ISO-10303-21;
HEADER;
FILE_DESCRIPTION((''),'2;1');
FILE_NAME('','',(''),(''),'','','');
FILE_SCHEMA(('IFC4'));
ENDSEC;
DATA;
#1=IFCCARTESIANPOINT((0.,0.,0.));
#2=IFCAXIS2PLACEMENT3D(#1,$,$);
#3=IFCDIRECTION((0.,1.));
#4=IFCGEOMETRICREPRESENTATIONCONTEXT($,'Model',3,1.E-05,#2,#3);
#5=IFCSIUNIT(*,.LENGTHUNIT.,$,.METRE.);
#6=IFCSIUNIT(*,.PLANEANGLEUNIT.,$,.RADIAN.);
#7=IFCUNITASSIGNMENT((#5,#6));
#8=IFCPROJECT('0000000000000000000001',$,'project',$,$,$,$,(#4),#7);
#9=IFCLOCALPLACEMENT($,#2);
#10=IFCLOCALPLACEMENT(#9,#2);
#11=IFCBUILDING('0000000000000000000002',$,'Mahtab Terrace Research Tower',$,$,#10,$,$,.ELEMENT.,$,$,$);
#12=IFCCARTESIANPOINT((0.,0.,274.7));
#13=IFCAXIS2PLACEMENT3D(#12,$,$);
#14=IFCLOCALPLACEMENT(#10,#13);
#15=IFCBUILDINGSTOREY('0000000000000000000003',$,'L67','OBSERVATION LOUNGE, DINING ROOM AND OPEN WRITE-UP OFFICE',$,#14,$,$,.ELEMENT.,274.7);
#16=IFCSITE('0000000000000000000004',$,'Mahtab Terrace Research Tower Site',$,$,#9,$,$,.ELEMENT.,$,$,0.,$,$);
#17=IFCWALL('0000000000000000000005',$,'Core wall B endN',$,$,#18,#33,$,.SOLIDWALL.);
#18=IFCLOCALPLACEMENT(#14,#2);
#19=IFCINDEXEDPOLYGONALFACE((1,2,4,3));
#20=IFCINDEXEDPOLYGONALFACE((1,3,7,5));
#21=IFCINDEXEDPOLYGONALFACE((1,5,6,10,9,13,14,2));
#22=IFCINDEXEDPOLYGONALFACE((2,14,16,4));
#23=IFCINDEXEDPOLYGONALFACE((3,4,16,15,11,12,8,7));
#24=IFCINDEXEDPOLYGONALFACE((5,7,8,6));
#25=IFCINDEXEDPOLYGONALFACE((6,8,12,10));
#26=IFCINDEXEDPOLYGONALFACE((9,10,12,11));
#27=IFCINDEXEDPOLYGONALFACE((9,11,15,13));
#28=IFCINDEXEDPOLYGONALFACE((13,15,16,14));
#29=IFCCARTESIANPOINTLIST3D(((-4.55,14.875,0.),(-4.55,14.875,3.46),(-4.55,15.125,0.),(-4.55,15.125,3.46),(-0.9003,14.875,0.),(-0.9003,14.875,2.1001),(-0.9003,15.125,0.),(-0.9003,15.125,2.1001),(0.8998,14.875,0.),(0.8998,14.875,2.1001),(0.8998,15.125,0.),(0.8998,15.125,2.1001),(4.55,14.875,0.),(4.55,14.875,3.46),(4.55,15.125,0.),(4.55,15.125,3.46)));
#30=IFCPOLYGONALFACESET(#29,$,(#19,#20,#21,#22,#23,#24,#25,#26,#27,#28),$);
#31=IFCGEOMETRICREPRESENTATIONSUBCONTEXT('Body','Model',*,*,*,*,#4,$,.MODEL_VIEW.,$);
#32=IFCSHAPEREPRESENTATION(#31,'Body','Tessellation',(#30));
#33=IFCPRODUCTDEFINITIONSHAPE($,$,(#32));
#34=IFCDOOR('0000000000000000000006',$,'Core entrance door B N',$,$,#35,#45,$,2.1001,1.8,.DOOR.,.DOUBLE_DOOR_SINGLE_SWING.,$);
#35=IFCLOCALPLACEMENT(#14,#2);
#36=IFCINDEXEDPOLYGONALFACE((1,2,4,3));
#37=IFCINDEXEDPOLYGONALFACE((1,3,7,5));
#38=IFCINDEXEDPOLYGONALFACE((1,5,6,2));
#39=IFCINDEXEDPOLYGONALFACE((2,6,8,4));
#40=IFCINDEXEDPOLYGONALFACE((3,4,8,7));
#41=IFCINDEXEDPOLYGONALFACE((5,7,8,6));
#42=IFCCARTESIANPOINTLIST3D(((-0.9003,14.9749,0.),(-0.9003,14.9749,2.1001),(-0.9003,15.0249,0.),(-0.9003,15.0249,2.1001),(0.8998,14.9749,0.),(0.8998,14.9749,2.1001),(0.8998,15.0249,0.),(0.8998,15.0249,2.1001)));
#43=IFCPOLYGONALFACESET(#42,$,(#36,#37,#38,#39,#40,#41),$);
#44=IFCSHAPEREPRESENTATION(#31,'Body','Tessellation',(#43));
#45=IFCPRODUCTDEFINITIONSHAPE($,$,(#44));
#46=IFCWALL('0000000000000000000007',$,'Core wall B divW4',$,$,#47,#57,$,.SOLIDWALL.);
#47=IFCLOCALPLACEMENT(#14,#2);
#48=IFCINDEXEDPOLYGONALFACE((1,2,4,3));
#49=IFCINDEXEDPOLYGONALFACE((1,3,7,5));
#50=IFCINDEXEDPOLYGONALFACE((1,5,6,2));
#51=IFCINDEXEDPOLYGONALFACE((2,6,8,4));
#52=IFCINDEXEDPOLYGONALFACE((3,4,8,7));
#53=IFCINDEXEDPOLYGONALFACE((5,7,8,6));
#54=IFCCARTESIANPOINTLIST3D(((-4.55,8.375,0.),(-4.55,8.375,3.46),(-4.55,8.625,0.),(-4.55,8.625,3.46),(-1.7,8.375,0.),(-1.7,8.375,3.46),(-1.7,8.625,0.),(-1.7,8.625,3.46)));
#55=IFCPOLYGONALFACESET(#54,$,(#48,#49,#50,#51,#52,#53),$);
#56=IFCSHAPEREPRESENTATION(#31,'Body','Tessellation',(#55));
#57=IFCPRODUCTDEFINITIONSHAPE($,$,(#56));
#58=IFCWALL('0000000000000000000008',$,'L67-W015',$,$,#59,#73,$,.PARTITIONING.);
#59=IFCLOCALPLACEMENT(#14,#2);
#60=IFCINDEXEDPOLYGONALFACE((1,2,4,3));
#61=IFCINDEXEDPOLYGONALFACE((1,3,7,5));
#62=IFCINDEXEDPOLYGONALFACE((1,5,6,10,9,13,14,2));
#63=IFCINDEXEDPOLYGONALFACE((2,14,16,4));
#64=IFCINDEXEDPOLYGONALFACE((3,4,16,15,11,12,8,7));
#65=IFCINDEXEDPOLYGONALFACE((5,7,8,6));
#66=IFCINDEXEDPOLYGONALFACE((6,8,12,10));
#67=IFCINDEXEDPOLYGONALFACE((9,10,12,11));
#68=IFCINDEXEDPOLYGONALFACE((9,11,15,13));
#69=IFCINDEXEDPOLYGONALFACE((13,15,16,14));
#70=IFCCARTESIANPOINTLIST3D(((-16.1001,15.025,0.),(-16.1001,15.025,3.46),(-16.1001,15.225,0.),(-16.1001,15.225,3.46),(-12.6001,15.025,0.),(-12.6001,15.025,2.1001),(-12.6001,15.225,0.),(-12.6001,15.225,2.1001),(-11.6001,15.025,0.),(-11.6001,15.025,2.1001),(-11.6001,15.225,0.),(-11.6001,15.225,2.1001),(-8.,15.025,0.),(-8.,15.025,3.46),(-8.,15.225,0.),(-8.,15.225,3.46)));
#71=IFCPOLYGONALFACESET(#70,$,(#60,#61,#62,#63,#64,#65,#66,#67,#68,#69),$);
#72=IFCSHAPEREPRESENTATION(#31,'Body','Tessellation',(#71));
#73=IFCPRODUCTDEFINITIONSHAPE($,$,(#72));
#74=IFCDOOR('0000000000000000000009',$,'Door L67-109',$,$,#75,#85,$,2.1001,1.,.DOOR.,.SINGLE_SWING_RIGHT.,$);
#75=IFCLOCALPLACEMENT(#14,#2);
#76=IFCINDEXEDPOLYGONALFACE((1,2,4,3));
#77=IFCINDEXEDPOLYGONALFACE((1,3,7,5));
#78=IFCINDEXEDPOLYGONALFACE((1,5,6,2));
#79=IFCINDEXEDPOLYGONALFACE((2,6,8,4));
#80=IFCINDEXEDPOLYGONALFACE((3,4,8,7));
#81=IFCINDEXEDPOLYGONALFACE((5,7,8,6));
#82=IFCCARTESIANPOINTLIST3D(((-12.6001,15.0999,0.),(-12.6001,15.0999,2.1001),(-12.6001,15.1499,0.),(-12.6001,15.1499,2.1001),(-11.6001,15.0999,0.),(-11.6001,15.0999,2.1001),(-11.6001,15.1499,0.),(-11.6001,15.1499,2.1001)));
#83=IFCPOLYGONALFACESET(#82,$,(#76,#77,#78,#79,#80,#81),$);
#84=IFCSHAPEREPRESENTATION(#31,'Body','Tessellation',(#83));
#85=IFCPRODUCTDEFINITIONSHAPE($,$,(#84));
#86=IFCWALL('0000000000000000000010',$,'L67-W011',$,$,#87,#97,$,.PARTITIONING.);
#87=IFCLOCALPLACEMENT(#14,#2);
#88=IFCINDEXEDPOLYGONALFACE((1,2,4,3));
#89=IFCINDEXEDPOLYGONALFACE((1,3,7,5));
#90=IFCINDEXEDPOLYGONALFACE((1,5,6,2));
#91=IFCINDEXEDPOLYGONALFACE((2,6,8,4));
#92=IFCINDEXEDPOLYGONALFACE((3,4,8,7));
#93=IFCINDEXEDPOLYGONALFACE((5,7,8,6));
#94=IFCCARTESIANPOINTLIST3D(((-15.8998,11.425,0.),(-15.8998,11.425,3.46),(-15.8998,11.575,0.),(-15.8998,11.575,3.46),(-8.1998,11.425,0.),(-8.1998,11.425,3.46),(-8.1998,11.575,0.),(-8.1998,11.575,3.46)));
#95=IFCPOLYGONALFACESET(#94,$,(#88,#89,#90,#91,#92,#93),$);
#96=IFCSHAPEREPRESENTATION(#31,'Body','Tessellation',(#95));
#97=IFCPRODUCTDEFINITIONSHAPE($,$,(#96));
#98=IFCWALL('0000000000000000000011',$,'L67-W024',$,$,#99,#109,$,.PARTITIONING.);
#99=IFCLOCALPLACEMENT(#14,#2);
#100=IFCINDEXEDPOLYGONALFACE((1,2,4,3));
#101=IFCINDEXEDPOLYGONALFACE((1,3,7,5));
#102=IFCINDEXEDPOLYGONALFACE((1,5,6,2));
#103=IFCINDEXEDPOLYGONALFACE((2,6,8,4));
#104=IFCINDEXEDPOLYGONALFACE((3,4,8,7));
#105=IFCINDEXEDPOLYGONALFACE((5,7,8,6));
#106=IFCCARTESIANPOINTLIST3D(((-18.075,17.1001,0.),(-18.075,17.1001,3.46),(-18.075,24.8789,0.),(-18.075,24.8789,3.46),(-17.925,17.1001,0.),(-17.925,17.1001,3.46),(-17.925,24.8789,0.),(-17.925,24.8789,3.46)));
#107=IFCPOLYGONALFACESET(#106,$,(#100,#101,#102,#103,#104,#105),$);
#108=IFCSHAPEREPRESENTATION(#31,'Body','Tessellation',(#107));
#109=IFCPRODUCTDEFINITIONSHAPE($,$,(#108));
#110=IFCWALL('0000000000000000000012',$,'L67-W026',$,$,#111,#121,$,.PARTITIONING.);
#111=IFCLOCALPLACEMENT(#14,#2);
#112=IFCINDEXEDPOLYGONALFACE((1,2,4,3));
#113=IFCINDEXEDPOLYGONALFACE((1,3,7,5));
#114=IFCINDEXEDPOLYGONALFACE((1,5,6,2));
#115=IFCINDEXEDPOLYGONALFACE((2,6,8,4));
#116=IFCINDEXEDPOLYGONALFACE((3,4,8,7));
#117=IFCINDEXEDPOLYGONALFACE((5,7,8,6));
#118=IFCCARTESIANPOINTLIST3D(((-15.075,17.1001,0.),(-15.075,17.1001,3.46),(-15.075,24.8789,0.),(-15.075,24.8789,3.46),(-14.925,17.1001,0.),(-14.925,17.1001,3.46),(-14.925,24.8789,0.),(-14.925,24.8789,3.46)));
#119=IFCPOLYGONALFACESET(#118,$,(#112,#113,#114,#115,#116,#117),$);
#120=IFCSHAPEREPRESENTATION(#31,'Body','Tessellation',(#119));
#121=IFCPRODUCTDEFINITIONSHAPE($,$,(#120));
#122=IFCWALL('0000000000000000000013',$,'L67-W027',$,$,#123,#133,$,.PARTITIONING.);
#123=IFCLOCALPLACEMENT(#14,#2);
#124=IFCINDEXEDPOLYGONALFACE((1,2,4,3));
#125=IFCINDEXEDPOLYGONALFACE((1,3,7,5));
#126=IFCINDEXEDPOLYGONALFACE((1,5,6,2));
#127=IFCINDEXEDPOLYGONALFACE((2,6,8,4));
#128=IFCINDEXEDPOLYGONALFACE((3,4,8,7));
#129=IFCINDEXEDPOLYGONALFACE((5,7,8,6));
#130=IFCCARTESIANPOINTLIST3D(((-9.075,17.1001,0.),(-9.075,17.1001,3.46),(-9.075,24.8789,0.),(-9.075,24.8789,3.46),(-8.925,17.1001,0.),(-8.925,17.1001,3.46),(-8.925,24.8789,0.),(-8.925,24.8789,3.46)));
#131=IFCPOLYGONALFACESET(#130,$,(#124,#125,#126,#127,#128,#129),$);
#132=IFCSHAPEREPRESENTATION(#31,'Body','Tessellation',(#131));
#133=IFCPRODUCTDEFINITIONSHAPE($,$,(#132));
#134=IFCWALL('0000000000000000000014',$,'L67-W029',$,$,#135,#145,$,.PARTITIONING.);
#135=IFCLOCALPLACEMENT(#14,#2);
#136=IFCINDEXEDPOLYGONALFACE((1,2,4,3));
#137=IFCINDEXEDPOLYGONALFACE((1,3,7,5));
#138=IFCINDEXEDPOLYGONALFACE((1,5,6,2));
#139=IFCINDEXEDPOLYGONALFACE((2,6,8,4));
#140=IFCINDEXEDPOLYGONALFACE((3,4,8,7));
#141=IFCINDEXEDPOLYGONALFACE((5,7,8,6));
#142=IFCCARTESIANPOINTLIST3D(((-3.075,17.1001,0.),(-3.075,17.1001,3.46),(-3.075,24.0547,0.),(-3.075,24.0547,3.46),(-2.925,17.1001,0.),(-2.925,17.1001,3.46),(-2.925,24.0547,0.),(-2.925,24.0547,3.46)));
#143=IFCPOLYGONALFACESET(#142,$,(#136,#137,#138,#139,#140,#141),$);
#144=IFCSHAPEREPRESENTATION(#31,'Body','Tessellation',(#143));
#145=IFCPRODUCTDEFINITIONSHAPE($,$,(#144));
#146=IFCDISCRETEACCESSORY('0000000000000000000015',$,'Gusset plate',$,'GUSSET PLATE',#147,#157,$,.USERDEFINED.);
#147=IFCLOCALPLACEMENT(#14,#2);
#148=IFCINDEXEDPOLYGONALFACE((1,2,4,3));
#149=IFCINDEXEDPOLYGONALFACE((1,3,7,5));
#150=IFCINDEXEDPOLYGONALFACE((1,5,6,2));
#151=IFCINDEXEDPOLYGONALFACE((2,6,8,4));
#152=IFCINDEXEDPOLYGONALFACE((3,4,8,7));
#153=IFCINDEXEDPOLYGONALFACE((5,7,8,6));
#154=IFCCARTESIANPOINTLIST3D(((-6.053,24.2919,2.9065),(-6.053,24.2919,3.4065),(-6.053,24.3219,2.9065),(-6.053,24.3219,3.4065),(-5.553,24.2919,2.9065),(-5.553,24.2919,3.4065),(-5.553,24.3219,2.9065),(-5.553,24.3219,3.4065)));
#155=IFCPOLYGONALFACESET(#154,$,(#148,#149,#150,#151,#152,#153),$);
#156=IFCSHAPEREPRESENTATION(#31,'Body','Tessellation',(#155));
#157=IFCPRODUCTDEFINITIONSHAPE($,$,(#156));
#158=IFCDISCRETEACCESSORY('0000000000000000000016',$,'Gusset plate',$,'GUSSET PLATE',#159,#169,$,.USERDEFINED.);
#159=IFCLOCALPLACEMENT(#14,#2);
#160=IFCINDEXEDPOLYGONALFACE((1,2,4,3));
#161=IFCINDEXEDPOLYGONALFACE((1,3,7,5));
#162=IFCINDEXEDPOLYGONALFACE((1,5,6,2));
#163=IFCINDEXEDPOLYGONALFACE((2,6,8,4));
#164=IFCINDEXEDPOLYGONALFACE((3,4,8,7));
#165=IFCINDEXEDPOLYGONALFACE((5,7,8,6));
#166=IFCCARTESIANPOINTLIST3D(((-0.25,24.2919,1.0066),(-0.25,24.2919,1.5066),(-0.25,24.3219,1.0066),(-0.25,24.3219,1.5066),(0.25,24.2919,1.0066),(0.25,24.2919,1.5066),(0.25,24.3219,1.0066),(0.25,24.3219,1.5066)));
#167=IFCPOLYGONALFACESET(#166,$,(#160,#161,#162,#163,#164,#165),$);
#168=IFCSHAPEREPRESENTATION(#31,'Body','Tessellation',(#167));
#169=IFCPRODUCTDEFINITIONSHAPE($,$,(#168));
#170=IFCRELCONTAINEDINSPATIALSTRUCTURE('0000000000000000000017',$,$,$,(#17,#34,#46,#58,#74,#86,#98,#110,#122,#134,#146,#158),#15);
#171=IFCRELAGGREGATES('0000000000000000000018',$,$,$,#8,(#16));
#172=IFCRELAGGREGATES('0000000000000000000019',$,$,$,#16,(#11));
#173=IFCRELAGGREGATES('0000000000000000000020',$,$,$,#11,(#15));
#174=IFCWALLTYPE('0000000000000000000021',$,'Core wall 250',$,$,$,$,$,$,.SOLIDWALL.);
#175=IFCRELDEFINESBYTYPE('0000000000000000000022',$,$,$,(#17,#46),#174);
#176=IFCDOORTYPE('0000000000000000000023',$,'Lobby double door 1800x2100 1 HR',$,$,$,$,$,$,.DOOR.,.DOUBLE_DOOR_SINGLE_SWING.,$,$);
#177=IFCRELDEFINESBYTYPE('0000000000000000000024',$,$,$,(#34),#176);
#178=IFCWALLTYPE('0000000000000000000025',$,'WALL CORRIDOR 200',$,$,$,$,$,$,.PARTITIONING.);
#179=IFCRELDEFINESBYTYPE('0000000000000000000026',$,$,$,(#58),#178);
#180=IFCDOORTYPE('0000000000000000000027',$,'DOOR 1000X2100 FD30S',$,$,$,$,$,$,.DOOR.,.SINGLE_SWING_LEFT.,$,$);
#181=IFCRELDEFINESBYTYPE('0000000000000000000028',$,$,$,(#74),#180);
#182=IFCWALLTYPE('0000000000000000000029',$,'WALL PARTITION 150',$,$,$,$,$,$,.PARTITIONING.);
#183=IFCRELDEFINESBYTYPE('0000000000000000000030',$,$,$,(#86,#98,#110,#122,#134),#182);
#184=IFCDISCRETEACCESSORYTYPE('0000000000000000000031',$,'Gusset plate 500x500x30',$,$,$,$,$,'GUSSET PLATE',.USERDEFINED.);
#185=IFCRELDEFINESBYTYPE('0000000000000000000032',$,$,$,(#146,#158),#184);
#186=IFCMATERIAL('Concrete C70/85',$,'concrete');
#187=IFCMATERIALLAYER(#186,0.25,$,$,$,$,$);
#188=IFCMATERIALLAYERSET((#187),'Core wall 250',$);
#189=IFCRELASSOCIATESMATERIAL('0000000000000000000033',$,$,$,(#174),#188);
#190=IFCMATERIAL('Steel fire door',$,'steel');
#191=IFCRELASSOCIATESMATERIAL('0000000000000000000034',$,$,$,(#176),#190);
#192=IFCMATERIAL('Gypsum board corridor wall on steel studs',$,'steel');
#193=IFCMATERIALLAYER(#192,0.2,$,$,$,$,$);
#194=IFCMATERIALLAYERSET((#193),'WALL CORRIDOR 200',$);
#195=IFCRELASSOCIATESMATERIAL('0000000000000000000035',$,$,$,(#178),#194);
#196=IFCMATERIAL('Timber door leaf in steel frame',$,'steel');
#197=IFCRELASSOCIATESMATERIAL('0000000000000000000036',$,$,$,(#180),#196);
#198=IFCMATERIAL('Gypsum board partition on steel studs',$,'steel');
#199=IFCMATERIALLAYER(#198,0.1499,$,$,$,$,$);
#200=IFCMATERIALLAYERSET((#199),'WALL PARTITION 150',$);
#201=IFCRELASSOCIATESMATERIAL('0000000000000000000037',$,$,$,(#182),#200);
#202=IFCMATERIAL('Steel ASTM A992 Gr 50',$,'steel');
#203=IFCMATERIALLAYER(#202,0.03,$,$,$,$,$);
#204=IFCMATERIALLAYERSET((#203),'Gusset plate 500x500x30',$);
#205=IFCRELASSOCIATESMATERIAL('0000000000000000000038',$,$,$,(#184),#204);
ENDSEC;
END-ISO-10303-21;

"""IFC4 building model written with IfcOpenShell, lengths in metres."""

from ifc_helpers import new_model, si_unit, direction, frame, frame_2d, origin, origin_2d, place, context, subcontext, project, spatial, rectangle, extrude, material, layer, layer_set, type_object, element, fill, save


model = new_model("IFC4")

# Units and contexts
model_context = context("Model", 3, precision=1e-05, world=origin(), true_north=direction((0.0, 1.0)))
body_context = subcontext(model_context, "Body", "Model", "MODEL_VIEW")
ifc_project = project(units=[si_unit("LENGTHUNIT", "METRE"), si_unit("PLANEANGLEUNIT", "RADIAN")], contexts=[model_context])

# Site, building, storey
site_placement = place(None, origin())
site = spatial("IfcSite", under=ifc_project, at=site_placement, Name="Mahtab Terrace Research Tower Site", CompositionType="ELEMENT", RefElevation=0.0)
building_placement = place(site_placement, origin())
building = spatial("IfcBuilding", under=site, at=building_placement, Name="Mahtab Terrace Research Tower", CompositionType="ELEMENT")
storey_placement = place(building_placement, frame((0.0, 0.0, 274.7)))
storey = spatial("IfcBuildingStorey", under=building, at=storey_placement, Name="L67", Description="OBSERVATION LOUNGE, DINING ROOM AND OPEN WRITE-UP OFFICE", CompositionType="ELEMENT", Elevation=274.7)

# Shared definitions
ifc_material_1 = material(Name="Concrete C70/85", Category="concrete")
ifc_material_2 = material(Name="Steel ASTM A992 Gr 50", Category="steel")

# Shared definitions
ifc_layer_1 = layer(ifc_material_1, 0.25)
ifc_layer_set_1 = layer_set([ifc_layer_1], Name="Core wall 250")
wall_type_1 = type_object("IfcWallType", Name="Core wall 250", PredefinedType="SOLIDWALL", material=ifc_layer_set_1)

# Wall, opening, door
wall_1_placement = place(storey_placement, frame((-4.55, 15.0, 0.0), z_axis=(0.0, 0.0, 1.0), x_axis=(1.0, 0.0, 0.0)))
wall_1 = element("IfcWall", 1, at=wall_1_placement, inside=storey, type_object=wall_type_1, Name="Core wall B endN", PredefinedType="SOLIDWALL", context=body_context, shape_type="SweptSolid", body=[
    extrude(rectangle(XDim=9.1001, YDim=0.25, at=frame_2d((4.55, 0.0))), origin(), (0.0, 0.0, 1.0), 3.46),
])
opening_1_placement = place(wall_1_placement, frame((3.6499, 0.0, 0.0)))
opening_1 = element("IfcOpeningElement", 2, at=opening_1_placement, cuts=wall_1, PredefinedType="OPENING", context=body_context, shape_type="SweptSolid", body=[
    extrude(rectangle(XDim=1.8, YDim=2.1001, at=frame_2d((0.8999, 1.05))), frame((0.0, 0.135, 0.0), z_axis=(0.0, -1.0, 0.0), x_axis=(1.0, 0.0, 0.0)), (0.0, 0.0, 1.0), 0.27),
])
ifc_material_3 = material(Name="Steel fire door", Category="steel")
door_type_1 = type_object("IfcDoorType", Name="Lobby double door 1800x2100 1 HR", OperationType="DOUBLE_DOOR_SINGLE_SWING", PredefinedType="DOOR", material=ifc_material_3)
door_1_placement = place(opening_1_placement, origin())
door_1 = element("IfcDoor", 3, at=door_1_placement, inside=storey, type_object=door_type_1, Name="Core entrance door B N", OperationType="DOUBLE_DOOR_SINGLE_SWING", OverallHeight=2.1001, OverallWidth=1.8, PredefinedType="DOOR", context=body_context, shape_type="SweptSolid", body=[
    extrude(rectangle(XDim=1.8, YDim=2.1001, at=frame_2d((0.8999, 1.05))), frame((0.0, 0.0249, 0.0), z_axis=(0.0, -1.0, 0.0), x_axis=(1.0, 0.0, 0.0)), (0.0, 0.0, 1.0), 0.05),
])
fill(opening_1, door_1)

# Wall
wall_2_placement = place(storey_placement, frame((-4.55, 8.5, 0.0), z_axis=(0.0, 0.0, 1.0), x_axis=(1.0, 0.0, 0.0)))
element("IfcWall", 4, at=wall_2_placement, inside=storey, type_object=wall_type_1, Name="Core wall B divW4", PredefinedType="SOLIDWALL", context=body_context, shape_type="SweptSolid", body=[
    extrude(rectangle(XDim=2.8501, YDim=0.25, at=frame_2d((1.425, 0.0))), origin(), (0.0, 0.0, 1.0), 3.46),
])

# Wall, opening, door
ifc_material_4 = material(Name="Gypsum board corridor wall on steel studs", Category="steel")
ifc_layer_2 = layer(ifc_material_4, 0.2)
ifc_layer_set_2 = layer_set([ifc_layer_2], Name="WALL CORRIDOR 200")
wall_type_2 = type_object("IfcWallType", Name="WALL CORRIDOR 200", PredefinedType="PARTITIONING", material=ifc_layer_set_2)
wall_3_placement = place(storey_placement, frame((-16.1001, 15.125, 0.0), z_axis=(0.0, 0.0, 1.0), x_axis=(1.0, 0.0, 0.0)))
wall_3 = element("IfcWall", 5, at=wall_3_placement, inside=storey, type_object=wall_type_2, Name="L67-W015", PredefinedType="PARTITIONING", context=body_context, shape_type="SweptSolid", body=[
    extrude(rectangle(XDim=8.1001, YDim=0.2, at=frame_2d((4.05, 0.0))), origin(), (0.0, 0.0, 1.0), 3.46),
])
opening_2_placement = place(wall_3_placement, frame((3.5, 0.0, 0.0)))
opening_2 = element("IfcOpeningElement", 6, at=opening_2_placement, cuts=wall_3, PredefinedType="OPENING", context=body_context, shape_type="SweptSolid", body=[
    extrude(rectangle(XDim=1.0, YDim=2.1001, at=frame_2d((0.5, 1.05))), frame((0.0, 0.1099, 0.0), z_axis=(0.0, -1.0, 0.0), x_axis=(1.0, 0.0, 0.0)), (0.0, 0.0, 1.0), 0.22),
])
ifc_material_5 = material(Name="Timber door leaf in steel frame", Category="steel")
door_type_2 = type_object("IfcDoorType", Name="DOOR 1000X2100 FD30S", OperationType="SINGLE_SWING_LEFT", PredefinedType="DOOR", material=ifc_material_5)
door_2_placement = place(opening_2_placement, origin())
door_2 = element("IfcDoor", 7, at=door_2_placement, inside=storey, type_object=door_type_2, Name="Door L67-109", OperationType="SINGLE_SWING_RIGHT", OverallHeight=2.1001, OverallWidth=1.0, PredefinedType="DOOR", context=body_context, shape_type="SweptSolid", body=[
    extrude(rectangle(XDim=1.0, YDim=2.1001, at=frame_2d((0.5, 1.05))), frame((0.0, 0.0249, 0.0), z_axis=(0.0, -1.0, 0.0), x_axis=(1.0, 0.0, 0.0)), (0.0, 0.0, 1.0), 0.05),
])
fill(opening_2, door_2)

# Walls
ifc_material_6 = material(Name="Gypsum board partition on steel studs", Category="steel")
ifc_layer_3 = layer(ifc_material_6, 0.1499)
ifc_layer_set_3 = layer_set([ifc_layer_3], Name="WALL PARTITION 150")
wall_type_3 = type_object("IfcWallType", Name="WALL PARTITION 150", PredefinedType="PARTITIONING", material=ifc_layer_set_3)
wall_4_placement = place(storey_placement, frame((-15.8999, 11.5, 0.0), z_axis=(0.0, 0.0, 1.0), x_axis=(1.0, 0.0, 0.0)))
element("IfcWall", 8, at=wall_4_placement, inside=storey, type_object=wall_type_3, Name="L67-W011", PredefinedType="PARTITIONING", context=body_context, shape_type="SweptSolid", body=[
    extrude(rectangle(XDim=7.7, YDim=0.1499, at=frame_2d((3.8501, 0.0))), origin(), (0.0, 0.0, 1.0), 3.46),
])
for number, where, z_axis, x_axis, name in (
    (9, (-18.0, 17.1001, 0.0), (0.0, 0.0, 1.0), (0.0, 1.0, 0.0), "L67-W024"),
    (10, (-15.0, 17.1001, 0.0), (0.0, 0.0, 1.0), (0.0, 1.0, 0.0), "L67-W026"),
    (11, (-9.0, 17.1001, 0.0), (0.0, 0.0, 1.0), (0.0, 1.0, 0.0), "L67-W027"),
):
    element("IfcWall", number, at=place(storey_placement, frame(where, z_axis=z_axis, x_axis=x_axis)), inside=storey, type_object=wall_type_3, Name=name, PredefinedType="PARTITIONING", context=body_context, shape_type="SweptSolid", body=[
        extrude(rectangle(XDim=7.7788, YDim=0.1499, at=frame_2d((3.8894, 0.0))), origin(), (0.0, 0.0, 1.0), 3.46),
    ])
wall_5_placement = place(storey_placement, frame((-3.0, 17.1001, 0.0), z_axis=(0.0, 0.0, 1.0), x_axis=(0.0, 1.0, 0.0)))
element("IfcWall", 12, at=wall_5_placement, inside=storey, type_object=wall_type_3, Name="L67-W029", PredefinedType="PARTITIONING", context=body_context, shape_type="SweptSolid", body=[
    extrude(rectangle(XDim=6.9546, YDim=0.1499, at=frame_2d((3.4773, 0.0))), origin(), (0.0, 0.0, 1.0), 3.46),
])

# Discrete accessories
ifc_layer_4 = layer(ifc_material_2, 0.03)
ifc_layer_set_4 = layer_set([ifc_layer_4], Name="Gusset plate 500x500x30")
discrete_accessory_type = type_object("IfcDiscreteAccessoryType", Name="Gusset plate 500x500x30", ElementType="GUSSET PLATE", PredefinedType="USERDEFINED", material=ifc_layer_set_4)
for number, where, z_axis, x_axis, name in (
    (13, (-5.803, 24.3069, 2.9065), (0.0, 0.0, 1.0), (1.0, 0.0, 0.0), "Gusset plate"),
    (14, (0.0, 24.3069, 1.0066), (0.0, 0.0, 1.0), (1.0, 0.0, 0.0), "Gusset plate"),
):
    element("IfcDiscreteAccessory", number, at=place(storey_placement, frame(where, z_axis=z_axis, x_axis=x_axis)), inside=storey, type_object=discrete_accessory_type, Name=name, ObjectType="GUSSET PLATE", PredefinedType="USERDEFINED", context=body_context, shape_type="SweptSolid", body=[
        extrude(rectangle(XDim=0.5, YDim=0.03, at=origin_2d()), origin(), (0.0, 0.0, 1.0), 0.5),
    ])

save(model, "model.ifc")
